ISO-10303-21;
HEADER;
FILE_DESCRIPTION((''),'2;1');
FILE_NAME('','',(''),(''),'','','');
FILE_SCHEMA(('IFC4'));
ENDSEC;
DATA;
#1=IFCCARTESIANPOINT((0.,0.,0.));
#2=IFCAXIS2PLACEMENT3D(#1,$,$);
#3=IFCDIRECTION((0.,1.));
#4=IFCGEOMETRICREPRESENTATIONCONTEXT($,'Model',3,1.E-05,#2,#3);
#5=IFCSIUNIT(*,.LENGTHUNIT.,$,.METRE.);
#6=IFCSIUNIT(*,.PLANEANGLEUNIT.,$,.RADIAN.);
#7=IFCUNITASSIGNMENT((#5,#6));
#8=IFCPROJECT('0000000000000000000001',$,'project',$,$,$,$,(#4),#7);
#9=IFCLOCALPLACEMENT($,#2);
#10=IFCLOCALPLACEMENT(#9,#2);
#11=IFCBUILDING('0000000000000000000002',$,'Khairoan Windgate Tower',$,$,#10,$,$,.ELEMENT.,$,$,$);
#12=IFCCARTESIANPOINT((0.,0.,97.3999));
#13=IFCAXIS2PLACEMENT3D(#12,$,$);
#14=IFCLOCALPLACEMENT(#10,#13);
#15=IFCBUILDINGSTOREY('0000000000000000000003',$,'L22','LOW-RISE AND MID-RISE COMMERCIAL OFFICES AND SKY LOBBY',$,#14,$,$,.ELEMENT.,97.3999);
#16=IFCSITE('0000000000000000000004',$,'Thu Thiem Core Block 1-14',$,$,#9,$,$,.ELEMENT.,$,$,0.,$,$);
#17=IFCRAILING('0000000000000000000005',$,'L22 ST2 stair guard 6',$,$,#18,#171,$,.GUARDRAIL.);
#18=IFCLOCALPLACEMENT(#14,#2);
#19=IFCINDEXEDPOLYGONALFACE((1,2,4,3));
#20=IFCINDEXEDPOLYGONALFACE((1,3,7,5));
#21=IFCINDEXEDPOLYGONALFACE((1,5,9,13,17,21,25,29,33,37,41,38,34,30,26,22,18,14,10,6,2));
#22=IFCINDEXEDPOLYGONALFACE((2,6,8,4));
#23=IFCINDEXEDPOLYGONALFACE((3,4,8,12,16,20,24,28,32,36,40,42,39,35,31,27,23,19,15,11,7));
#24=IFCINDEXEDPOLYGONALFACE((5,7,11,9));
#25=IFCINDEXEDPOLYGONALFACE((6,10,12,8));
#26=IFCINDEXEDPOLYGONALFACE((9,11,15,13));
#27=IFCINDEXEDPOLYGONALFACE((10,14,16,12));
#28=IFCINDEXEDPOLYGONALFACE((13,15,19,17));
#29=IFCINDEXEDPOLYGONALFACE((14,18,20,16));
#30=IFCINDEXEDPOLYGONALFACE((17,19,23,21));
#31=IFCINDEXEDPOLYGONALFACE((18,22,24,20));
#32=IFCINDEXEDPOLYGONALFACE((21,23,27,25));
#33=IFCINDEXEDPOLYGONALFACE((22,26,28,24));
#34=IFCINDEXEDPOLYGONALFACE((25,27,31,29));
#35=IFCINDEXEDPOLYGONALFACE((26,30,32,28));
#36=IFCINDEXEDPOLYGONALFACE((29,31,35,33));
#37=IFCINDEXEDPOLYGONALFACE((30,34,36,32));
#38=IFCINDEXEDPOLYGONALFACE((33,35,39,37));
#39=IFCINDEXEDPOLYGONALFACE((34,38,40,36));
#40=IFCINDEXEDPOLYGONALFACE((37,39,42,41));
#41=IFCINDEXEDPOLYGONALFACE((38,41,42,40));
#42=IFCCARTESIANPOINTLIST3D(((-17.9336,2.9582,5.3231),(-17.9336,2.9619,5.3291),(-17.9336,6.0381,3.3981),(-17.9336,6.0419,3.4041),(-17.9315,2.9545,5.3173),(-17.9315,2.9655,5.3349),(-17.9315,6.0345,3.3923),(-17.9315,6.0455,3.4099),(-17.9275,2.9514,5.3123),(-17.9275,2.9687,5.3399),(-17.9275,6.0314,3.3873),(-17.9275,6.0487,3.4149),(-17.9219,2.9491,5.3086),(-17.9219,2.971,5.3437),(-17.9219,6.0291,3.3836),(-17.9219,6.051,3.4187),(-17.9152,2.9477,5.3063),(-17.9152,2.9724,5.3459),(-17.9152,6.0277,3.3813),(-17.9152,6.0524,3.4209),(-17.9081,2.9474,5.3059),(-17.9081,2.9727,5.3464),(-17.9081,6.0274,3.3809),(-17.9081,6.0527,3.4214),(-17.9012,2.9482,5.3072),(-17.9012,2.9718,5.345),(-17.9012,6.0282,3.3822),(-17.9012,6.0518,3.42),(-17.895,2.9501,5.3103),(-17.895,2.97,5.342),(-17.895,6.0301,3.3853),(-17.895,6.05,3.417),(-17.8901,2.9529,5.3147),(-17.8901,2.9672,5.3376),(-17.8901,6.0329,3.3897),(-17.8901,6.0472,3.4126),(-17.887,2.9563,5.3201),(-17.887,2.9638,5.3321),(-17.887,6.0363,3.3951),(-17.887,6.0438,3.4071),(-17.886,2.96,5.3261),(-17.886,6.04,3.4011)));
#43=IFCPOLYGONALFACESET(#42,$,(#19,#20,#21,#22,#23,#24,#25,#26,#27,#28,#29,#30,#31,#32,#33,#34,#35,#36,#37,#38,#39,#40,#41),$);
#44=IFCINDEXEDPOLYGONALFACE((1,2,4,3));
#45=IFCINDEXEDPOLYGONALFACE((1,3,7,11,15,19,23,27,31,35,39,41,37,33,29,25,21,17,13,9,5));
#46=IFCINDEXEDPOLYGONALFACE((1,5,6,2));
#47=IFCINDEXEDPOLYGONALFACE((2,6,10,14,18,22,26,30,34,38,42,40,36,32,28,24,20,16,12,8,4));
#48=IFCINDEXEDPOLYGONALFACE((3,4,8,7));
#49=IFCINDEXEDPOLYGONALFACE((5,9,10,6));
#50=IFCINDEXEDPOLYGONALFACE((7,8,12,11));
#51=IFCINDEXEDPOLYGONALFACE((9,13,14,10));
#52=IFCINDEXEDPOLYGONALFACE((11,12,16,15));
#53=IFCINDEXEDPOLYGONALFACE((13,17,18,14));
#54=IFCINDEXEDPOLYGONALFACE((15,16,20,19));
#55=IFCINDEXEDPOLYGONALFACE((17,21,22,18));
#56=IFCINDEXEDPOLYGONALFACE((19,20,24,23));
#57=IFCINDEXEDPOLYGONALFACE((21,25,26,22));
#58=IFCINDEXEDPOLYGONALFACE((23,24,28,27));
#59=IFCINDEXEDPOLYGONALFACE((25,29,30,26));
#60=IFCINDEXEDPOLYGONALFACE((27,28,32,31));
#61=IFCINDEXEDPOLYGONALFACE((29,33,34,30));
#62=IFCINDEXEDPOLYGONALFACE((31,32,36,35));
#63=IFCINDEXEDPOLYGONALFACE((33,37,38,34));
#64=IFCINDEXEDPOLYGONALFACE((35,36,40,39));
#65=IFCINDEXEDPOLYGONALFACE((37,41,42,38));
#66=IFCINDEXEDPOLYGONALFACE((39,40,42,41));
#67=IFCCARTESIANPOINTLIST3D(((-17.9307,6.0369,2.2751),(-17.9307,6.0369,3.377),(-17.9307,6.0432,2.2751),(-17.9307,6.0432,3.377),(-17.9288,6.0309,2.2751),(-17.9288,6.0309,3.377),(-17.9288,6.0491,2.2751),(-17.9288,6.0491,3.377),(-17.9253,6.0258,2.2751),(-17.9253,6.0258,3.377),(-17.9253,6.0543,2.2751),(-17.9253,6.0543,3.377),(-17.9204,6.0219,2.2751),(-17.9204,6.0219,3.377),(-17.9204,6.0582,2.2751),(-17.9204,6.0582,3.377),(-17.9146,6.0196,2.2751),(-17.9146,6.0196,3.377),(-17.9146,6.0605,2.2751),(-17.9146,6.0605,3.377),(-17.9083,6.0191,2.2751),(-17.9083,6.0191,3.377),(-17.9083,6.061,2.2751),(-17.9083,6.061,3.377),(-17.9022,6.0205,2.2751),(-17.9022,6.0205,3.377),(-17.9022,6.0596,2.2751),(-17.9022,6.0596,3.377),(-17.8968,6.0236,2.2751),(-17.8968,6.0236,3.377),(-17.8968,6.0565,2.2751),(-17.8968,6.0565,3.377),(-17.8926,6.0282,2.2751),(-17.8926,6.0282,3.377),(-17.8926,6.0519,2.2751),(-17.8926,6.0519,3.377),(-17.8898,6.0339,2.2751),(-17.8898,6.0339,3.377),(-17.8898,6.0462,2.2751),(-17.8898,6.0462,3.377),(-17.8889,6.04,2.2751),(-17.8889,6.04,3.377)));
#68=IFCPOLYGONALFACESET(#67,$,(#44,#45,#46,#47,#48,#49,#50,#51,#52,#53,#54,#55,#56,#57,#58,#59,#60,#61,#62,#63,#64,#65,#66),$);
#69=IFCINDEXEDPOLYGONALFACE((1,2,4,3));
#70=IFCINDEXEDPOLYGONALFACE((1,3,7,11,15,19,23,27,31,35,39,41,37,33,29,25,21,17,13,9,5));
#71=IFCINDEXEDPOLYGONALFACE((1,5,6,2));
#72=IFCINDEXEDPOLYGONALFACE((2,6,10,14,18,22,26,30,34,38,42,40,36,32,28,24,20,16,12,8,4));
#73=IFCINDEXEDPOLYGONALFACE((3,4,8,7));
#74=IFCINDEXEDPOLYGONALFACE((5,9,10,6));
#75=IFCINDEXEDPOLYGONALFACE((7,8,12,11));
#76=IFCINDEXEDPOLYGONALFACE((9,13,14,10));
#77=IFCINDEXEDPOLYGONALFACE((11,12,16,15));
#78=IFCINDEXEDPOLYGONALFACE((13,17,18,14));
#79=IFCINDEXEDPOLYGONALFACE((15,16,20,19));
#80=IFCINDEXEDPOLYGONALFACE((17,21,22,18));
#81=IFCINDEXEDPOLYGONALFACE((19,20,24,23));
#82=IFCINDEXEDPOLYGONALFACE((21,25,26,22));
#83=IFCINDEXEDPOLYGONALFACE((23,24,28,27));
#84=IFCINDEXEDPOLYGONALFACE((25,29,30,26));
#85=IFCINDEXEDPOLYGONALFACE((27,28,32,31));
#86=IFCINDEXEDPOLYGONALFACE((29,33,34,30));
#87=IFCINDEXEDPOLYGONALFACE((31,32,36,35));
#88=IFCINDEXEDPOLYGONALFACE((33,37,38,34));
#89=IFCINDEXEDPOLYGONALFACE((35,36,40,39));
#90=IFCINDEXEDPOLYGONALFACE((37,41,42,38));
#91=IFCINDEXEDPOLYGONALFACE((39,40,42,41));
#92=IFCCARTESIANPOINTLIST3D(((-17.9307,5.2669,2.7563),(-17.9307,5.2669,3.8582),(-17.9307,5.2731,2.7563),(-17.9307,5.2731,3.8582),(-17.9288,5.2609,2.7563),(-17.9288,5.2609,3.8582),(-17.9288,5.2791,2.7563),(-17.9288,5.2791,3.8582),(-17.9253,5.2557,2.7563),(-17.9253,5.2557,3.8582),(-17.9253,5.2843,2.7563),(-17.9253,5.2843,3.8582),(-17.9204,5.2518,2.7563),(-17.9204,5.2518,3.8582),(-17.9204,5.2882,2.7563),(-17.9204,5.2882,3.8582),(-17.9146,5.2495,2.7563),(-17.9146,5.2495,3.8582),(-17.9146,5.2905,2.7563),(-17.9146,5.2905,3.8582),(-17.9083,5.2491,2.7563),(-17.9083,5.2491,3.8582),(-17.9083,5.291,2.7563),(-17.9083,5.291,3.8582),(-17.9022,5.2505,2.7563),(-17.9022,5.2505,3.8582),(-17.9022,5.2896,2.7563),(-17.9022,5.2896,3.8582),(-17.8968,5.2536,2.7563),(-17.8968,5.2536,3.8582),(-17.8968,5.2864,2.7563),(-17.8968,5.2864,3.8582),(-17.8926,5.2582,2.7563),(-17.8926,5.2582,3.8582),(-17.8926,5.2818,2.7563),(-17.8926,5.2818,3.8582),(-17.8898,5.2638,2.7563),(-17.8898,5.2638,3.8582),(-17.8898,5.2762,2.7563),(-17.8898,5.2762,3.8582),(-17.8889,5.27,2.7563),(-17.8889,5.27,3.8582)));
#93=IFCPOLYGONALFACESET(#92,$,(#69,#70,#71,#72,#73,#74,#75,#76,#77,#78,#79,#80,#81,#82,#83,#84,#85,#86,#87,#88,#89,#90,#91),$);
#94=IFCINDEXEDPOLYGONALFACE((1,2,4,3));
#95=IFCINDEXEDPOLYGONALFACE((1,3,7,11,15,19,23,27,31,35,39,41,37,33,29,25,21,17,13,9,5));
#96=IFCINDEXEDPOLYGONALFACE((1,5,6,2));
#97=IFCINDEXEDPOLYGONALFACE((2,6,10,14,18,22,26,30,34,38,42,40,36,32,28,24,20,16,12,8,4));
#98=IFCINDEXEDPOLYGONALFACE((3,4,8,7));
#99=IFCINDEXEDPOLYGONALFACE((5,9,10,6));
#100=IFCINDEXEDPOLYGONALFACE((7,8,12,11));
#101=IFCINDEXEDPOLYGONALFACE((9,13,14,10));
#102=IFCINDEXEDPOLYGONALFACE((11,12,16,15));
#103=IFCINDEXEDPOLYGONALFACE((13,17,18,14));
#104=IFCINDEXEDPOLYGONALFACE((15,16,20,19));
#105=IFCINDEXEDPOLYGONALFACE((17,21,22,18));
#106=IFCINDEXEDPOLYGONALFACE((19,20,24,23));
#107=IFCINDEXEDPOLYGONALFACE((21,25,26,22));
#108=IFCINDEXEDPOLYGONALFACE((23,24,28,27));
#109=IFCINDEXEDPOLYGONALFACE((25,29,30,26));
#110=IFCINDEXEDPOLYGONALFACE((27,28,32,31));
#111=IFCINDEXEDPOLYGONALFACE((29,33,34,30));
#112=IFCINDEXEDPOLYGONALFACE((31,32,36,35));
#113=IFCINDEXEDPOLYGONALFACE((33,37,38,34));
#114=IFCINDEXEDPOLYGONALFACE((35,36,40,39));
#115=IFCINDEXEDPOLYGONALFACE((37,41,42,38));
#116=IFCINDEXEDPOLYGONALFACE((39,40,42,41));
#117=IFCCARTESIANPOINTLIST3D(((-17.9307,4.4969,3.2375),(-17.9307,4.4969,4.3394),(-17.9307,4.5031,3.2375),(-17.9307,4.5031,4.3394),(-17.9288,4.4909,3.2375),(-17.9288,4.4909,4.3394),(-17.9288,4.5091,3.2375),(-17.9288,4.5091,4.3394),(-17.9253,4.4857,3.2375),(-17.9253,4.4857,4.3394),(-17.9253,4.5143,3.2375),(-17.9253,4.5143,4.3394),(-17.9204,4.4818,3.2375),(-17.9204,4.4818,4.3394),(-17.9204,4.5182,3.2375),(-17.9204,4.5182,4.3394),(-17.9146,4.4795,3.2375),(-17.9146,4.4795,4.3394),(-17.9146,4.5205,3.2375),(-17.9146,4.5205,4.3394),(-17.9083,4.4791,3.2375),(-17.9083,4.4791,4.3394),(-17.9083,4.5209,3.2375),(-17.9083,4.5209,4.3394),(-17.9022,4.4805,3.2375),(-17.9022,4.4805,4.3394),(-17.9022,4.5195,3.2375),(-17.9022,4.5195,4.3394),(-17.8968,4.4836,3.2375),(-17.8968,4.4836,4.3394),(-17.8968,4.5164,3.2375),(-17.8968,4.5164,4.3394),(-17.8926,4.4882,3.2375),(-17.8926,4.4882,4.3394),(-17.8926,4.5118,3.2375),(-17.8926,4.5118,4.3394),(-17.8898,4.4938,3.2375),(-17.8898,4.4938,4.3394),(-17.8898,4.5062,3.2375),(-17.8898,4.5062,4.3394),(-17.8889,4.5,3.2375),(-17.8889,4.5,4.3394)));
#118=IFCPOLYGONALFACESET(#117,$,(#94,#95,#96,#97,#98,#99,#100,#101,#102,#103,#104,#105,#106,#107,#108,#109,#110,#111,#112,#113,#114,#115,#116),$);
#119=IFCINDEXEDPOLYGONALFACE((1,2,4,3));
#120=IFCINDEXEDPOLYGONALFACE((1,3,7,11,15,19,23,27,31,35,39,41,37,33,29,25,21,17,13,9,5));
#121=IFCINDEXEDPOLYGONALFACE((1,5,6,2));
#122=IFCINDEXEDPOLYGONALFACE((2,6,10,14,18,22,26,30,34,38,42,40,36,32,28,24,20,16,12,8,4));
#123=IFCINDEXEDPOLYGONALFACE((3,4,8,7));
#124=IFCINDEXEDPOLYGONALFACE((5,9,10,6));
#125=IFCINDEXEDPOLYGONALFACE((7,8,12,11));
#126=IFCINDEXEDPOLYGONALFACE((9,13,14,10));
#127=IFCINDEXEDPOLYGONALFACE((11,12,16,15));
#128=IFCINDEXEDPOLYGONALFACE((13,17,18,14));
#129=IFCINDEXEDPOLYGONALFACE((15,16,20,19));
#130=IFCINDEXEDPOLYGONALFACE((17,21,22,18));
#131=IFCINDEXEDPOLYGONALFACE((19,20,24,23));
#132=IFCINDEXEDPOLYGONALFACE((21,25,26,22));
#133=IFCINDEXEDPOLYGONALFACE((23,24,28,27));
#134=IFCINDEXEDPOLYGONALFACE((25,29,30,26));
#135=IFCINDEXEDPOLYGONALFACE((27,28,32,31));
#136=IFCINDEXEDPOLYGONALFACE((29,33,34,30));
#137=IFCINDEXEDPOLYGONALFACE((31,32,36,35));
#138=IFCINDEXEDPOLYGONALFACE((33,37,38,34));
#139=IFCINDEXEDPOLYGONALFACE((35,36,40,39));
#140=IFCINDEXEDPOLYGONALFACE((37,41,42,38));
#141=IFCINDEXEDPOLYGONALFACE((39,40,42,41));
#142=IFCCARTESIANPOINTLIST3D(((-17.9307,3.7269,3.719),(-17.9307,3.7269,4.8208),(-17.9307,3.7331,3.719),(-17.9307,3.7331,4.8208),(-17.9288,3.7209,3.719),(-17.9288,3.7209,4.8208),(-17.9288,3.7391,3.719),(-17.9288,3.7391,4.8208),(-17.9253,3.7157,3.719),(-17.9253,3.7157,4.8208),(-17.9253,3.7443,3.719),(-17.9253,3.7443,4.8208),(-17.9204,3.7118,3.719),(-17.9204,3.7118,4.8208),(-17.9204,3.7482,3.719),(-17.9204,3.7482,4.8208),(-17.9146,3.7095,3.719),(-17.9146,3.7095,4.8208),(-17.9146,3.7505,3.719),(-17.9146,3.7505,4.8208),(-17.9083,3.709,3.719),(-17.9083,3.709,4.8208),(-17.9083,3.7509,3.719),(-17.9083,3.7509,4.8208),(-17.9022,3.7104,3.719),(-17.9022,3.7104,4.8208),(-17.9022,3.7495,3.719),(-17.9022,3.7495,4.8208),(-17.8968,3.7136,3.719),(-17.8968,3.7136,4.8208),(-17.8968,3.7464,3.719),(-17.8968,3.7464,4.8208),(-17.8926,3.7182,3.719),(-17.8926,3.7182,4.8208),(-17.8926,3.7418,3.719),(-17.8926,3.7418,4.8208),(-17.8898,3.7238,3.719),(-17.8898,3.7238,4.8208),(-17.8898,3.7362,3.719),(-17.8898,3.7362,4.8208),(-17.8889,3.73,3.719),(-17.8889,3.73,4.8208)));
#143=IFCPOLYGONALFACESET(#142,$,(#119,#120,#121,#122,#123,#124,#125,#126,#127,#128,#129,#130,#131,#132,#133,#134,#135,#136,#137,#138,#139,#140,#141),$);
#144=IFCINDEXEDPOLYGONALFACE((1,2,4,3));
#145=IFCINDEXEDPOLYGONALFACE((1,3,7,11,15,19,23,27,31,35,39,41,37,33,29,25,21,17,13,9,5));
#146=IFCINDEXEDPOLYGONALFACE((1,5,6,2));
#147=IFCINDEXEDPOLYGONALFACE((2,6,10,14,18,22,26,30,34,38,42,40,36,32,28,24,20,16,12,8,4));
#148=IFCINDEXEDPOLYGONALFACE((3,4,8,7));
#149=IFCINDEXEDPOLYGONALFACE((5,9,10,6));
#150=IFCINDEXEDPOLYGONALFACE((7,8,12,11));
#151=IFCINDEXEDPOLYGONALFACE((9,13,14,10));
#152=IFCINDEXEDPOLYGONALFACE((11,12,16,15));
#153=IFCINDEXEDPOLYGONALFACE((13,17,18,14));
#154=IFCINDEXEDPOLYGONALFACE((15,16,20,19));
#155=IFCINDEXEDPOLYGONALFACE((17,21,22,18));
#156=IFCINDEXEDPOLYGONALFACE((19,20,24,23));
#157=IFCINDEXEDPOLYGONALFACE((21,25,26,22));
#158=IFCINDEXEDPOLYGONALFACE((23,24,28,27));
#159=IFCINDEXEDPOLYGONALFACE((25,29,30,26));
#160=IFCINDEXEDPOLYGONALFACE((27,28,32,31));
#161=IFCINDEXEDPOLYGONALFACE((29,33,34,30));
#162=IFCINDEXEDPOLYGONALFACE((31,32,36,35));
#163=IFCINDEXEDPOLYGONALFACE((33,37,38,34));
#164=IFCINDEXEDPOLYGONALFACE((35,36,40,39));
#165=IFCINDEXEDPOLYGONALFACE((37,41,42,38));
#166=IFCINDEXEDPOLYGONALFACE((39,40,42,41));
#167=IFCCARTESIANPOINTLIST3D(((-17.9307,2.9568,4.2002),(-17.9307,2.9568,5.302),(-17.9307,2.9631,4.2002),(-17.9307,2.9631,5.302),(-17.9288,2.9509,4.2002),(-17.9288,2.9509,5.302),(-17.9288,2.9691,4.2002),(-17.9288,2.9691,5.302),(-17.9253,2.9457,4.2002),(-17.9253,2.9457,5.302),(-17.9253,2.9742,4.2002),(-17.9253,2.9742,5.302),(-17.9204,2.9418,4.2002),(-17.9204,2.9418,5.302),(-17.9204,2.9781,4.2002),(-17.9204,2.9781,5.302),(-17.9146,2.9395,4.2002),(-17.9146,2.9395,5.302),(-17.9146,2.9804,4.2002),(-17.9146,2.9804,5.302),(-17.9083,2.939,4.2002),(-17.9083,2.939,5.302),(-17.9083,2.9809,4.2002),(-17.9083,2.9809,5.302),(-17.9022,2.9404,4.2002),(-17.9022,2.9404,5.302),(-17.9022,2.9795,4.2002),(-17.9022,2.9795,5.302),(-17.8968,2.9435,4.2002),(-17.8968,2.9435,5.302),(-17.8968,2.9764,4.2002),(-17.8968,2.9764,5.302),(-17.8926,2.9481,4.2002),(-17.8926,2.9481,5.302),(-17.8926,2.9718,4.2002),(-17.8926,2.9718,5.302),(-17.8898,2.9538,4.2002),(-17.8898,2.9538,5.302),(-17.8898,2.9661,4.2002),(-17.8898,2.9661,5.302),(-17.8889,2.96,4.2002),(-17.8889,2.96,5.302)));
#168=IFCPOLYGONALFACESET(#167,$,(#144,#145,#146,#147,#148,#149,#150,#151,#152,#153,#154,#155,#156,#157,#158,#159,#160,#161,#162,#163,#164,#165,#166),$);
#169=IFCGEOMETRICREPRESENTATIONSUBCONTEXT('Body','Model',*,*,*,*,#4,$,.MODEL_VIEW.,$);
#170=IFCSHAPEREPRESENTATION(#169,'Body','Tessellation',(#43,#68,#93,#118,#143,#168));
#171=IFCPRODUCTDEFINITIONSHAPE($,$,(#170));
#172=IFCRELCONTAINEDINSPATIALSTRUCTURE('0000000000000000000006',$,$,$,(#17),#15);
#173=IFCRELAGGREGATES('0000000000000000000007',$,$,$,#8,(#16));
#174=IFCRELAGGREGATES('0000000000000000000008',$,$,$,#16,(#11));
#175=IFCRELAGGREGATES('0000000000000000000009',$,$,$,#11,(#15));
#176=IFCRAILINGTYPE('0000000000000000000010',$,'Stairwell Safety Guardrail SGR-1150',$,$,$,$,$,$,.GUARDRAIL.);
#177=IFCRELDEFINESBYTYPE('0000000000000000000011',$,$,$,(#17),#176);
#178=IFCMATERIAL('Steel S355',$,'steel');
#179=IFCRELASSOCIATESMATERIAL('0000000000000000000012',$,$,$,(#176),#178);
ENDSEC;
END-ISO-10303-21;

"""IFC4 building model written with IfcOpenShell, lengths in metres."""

from ifc_helpers import new_model, si_unit, direction, frame, origin, origin_2d, place, context, subcontext, project, spatial, circle, extrude, material, type_object, element, save


model = new_model("IFC4")

# Units and contexts
model_context = context("Model", 3, precision=1e-05, world=origin(), true_north=direction((0.0, 1.0)))
body_context = subcontext(model_context, "Body", "Model", "MODEL_VIEW")
ifc_project = project(units=[si_unit("LENGTHUNIT", "METRE"), si_unit("PLANEANGLEUNIT", "RADIAN")], contexts=[model_context])

# Site, building, storey
site_placement = place(None, origin())
site = spatial("IfcSite", under=ifc_project, at=site_placement, Name="Thu Thiem Core Block 1-14", CompositionType="ELEMENT", RefElevation=0.0)
building_placement = place(site_placement, origin())
building = spatial("IfcBuilding", under=site, at=building_placement, Name="Khairoan Windgate Tower", CompositionType="ELEMENT")
storey_placement = place(building_placement, frame((0.0, 0.0, 97.3999)))
storey = spatial("IfcBuildingStorey", under=building, at=storey_placement, Name="L22", Description="LOW-RISE AND MID-RISE COMMERCIAL OFFICES AND SKY LOBBY", CompositionType="ELEMENT", Elevation=97.3999)

# Railing
ifc_material_1 = material(Name="Steel S355", Category="steel")
railing_type_1 = type_object("IfcRailingType", Name="Stairwell Safety Guardrail SGR-1150", PredefinedType="GUARDRAIL", material=ifc_material_1)
railing_1_placement = place(storey_placement, frame((-17.9099, 6.04, 2.2751)))
element("IfcRailing", 1, at=railing_1_placement, inside=storey, type_object=railing_type_1, Name="L22 ST2 stair guard 6", PredefinedType="GUARDRAIL", context=body_context, shape_type="SweptSolid", body=[
    extrude(circle(Radius=0.0239, at=origin_2d()), frame((0.0, 0.0, 1.126), z_axis=(0.0, -0.847998, 0.529999), x_axis=(1.0, 0.0, 0.0)), (0.0, 0.0, 1.0), 3.6321),
    extrude(circle(Radius=0.021, at=origin_2d()), origin(), (0.0, 0.0, 1.0), 1.1018),
    extrude(circle(Radius=0.021, at=origin_2d()), frame((0.0, -0.77, 0.4812)), (0.0, 0.0, 1.0), 1.1018),
    extrude(circle(Radius=0.021, at=origin_2d()), frame((0.0, -1.54, 0.9624)), (0.0, 0.0, 1.0), 1.1018),
    extrude(circle(Radius=0.021, at=origin_2d()), frame((0.0, -2.3101, 1.4438)), (0.0, 0.0, 1.0), 1.1018),
    extrude(circle(Radius=0.021, at=origin_2d()), frame((0.0, -3.0801, 1.925)), (0.0, 0.0, 1.0), 1.1018),
])

save(model, "model.ifc")
